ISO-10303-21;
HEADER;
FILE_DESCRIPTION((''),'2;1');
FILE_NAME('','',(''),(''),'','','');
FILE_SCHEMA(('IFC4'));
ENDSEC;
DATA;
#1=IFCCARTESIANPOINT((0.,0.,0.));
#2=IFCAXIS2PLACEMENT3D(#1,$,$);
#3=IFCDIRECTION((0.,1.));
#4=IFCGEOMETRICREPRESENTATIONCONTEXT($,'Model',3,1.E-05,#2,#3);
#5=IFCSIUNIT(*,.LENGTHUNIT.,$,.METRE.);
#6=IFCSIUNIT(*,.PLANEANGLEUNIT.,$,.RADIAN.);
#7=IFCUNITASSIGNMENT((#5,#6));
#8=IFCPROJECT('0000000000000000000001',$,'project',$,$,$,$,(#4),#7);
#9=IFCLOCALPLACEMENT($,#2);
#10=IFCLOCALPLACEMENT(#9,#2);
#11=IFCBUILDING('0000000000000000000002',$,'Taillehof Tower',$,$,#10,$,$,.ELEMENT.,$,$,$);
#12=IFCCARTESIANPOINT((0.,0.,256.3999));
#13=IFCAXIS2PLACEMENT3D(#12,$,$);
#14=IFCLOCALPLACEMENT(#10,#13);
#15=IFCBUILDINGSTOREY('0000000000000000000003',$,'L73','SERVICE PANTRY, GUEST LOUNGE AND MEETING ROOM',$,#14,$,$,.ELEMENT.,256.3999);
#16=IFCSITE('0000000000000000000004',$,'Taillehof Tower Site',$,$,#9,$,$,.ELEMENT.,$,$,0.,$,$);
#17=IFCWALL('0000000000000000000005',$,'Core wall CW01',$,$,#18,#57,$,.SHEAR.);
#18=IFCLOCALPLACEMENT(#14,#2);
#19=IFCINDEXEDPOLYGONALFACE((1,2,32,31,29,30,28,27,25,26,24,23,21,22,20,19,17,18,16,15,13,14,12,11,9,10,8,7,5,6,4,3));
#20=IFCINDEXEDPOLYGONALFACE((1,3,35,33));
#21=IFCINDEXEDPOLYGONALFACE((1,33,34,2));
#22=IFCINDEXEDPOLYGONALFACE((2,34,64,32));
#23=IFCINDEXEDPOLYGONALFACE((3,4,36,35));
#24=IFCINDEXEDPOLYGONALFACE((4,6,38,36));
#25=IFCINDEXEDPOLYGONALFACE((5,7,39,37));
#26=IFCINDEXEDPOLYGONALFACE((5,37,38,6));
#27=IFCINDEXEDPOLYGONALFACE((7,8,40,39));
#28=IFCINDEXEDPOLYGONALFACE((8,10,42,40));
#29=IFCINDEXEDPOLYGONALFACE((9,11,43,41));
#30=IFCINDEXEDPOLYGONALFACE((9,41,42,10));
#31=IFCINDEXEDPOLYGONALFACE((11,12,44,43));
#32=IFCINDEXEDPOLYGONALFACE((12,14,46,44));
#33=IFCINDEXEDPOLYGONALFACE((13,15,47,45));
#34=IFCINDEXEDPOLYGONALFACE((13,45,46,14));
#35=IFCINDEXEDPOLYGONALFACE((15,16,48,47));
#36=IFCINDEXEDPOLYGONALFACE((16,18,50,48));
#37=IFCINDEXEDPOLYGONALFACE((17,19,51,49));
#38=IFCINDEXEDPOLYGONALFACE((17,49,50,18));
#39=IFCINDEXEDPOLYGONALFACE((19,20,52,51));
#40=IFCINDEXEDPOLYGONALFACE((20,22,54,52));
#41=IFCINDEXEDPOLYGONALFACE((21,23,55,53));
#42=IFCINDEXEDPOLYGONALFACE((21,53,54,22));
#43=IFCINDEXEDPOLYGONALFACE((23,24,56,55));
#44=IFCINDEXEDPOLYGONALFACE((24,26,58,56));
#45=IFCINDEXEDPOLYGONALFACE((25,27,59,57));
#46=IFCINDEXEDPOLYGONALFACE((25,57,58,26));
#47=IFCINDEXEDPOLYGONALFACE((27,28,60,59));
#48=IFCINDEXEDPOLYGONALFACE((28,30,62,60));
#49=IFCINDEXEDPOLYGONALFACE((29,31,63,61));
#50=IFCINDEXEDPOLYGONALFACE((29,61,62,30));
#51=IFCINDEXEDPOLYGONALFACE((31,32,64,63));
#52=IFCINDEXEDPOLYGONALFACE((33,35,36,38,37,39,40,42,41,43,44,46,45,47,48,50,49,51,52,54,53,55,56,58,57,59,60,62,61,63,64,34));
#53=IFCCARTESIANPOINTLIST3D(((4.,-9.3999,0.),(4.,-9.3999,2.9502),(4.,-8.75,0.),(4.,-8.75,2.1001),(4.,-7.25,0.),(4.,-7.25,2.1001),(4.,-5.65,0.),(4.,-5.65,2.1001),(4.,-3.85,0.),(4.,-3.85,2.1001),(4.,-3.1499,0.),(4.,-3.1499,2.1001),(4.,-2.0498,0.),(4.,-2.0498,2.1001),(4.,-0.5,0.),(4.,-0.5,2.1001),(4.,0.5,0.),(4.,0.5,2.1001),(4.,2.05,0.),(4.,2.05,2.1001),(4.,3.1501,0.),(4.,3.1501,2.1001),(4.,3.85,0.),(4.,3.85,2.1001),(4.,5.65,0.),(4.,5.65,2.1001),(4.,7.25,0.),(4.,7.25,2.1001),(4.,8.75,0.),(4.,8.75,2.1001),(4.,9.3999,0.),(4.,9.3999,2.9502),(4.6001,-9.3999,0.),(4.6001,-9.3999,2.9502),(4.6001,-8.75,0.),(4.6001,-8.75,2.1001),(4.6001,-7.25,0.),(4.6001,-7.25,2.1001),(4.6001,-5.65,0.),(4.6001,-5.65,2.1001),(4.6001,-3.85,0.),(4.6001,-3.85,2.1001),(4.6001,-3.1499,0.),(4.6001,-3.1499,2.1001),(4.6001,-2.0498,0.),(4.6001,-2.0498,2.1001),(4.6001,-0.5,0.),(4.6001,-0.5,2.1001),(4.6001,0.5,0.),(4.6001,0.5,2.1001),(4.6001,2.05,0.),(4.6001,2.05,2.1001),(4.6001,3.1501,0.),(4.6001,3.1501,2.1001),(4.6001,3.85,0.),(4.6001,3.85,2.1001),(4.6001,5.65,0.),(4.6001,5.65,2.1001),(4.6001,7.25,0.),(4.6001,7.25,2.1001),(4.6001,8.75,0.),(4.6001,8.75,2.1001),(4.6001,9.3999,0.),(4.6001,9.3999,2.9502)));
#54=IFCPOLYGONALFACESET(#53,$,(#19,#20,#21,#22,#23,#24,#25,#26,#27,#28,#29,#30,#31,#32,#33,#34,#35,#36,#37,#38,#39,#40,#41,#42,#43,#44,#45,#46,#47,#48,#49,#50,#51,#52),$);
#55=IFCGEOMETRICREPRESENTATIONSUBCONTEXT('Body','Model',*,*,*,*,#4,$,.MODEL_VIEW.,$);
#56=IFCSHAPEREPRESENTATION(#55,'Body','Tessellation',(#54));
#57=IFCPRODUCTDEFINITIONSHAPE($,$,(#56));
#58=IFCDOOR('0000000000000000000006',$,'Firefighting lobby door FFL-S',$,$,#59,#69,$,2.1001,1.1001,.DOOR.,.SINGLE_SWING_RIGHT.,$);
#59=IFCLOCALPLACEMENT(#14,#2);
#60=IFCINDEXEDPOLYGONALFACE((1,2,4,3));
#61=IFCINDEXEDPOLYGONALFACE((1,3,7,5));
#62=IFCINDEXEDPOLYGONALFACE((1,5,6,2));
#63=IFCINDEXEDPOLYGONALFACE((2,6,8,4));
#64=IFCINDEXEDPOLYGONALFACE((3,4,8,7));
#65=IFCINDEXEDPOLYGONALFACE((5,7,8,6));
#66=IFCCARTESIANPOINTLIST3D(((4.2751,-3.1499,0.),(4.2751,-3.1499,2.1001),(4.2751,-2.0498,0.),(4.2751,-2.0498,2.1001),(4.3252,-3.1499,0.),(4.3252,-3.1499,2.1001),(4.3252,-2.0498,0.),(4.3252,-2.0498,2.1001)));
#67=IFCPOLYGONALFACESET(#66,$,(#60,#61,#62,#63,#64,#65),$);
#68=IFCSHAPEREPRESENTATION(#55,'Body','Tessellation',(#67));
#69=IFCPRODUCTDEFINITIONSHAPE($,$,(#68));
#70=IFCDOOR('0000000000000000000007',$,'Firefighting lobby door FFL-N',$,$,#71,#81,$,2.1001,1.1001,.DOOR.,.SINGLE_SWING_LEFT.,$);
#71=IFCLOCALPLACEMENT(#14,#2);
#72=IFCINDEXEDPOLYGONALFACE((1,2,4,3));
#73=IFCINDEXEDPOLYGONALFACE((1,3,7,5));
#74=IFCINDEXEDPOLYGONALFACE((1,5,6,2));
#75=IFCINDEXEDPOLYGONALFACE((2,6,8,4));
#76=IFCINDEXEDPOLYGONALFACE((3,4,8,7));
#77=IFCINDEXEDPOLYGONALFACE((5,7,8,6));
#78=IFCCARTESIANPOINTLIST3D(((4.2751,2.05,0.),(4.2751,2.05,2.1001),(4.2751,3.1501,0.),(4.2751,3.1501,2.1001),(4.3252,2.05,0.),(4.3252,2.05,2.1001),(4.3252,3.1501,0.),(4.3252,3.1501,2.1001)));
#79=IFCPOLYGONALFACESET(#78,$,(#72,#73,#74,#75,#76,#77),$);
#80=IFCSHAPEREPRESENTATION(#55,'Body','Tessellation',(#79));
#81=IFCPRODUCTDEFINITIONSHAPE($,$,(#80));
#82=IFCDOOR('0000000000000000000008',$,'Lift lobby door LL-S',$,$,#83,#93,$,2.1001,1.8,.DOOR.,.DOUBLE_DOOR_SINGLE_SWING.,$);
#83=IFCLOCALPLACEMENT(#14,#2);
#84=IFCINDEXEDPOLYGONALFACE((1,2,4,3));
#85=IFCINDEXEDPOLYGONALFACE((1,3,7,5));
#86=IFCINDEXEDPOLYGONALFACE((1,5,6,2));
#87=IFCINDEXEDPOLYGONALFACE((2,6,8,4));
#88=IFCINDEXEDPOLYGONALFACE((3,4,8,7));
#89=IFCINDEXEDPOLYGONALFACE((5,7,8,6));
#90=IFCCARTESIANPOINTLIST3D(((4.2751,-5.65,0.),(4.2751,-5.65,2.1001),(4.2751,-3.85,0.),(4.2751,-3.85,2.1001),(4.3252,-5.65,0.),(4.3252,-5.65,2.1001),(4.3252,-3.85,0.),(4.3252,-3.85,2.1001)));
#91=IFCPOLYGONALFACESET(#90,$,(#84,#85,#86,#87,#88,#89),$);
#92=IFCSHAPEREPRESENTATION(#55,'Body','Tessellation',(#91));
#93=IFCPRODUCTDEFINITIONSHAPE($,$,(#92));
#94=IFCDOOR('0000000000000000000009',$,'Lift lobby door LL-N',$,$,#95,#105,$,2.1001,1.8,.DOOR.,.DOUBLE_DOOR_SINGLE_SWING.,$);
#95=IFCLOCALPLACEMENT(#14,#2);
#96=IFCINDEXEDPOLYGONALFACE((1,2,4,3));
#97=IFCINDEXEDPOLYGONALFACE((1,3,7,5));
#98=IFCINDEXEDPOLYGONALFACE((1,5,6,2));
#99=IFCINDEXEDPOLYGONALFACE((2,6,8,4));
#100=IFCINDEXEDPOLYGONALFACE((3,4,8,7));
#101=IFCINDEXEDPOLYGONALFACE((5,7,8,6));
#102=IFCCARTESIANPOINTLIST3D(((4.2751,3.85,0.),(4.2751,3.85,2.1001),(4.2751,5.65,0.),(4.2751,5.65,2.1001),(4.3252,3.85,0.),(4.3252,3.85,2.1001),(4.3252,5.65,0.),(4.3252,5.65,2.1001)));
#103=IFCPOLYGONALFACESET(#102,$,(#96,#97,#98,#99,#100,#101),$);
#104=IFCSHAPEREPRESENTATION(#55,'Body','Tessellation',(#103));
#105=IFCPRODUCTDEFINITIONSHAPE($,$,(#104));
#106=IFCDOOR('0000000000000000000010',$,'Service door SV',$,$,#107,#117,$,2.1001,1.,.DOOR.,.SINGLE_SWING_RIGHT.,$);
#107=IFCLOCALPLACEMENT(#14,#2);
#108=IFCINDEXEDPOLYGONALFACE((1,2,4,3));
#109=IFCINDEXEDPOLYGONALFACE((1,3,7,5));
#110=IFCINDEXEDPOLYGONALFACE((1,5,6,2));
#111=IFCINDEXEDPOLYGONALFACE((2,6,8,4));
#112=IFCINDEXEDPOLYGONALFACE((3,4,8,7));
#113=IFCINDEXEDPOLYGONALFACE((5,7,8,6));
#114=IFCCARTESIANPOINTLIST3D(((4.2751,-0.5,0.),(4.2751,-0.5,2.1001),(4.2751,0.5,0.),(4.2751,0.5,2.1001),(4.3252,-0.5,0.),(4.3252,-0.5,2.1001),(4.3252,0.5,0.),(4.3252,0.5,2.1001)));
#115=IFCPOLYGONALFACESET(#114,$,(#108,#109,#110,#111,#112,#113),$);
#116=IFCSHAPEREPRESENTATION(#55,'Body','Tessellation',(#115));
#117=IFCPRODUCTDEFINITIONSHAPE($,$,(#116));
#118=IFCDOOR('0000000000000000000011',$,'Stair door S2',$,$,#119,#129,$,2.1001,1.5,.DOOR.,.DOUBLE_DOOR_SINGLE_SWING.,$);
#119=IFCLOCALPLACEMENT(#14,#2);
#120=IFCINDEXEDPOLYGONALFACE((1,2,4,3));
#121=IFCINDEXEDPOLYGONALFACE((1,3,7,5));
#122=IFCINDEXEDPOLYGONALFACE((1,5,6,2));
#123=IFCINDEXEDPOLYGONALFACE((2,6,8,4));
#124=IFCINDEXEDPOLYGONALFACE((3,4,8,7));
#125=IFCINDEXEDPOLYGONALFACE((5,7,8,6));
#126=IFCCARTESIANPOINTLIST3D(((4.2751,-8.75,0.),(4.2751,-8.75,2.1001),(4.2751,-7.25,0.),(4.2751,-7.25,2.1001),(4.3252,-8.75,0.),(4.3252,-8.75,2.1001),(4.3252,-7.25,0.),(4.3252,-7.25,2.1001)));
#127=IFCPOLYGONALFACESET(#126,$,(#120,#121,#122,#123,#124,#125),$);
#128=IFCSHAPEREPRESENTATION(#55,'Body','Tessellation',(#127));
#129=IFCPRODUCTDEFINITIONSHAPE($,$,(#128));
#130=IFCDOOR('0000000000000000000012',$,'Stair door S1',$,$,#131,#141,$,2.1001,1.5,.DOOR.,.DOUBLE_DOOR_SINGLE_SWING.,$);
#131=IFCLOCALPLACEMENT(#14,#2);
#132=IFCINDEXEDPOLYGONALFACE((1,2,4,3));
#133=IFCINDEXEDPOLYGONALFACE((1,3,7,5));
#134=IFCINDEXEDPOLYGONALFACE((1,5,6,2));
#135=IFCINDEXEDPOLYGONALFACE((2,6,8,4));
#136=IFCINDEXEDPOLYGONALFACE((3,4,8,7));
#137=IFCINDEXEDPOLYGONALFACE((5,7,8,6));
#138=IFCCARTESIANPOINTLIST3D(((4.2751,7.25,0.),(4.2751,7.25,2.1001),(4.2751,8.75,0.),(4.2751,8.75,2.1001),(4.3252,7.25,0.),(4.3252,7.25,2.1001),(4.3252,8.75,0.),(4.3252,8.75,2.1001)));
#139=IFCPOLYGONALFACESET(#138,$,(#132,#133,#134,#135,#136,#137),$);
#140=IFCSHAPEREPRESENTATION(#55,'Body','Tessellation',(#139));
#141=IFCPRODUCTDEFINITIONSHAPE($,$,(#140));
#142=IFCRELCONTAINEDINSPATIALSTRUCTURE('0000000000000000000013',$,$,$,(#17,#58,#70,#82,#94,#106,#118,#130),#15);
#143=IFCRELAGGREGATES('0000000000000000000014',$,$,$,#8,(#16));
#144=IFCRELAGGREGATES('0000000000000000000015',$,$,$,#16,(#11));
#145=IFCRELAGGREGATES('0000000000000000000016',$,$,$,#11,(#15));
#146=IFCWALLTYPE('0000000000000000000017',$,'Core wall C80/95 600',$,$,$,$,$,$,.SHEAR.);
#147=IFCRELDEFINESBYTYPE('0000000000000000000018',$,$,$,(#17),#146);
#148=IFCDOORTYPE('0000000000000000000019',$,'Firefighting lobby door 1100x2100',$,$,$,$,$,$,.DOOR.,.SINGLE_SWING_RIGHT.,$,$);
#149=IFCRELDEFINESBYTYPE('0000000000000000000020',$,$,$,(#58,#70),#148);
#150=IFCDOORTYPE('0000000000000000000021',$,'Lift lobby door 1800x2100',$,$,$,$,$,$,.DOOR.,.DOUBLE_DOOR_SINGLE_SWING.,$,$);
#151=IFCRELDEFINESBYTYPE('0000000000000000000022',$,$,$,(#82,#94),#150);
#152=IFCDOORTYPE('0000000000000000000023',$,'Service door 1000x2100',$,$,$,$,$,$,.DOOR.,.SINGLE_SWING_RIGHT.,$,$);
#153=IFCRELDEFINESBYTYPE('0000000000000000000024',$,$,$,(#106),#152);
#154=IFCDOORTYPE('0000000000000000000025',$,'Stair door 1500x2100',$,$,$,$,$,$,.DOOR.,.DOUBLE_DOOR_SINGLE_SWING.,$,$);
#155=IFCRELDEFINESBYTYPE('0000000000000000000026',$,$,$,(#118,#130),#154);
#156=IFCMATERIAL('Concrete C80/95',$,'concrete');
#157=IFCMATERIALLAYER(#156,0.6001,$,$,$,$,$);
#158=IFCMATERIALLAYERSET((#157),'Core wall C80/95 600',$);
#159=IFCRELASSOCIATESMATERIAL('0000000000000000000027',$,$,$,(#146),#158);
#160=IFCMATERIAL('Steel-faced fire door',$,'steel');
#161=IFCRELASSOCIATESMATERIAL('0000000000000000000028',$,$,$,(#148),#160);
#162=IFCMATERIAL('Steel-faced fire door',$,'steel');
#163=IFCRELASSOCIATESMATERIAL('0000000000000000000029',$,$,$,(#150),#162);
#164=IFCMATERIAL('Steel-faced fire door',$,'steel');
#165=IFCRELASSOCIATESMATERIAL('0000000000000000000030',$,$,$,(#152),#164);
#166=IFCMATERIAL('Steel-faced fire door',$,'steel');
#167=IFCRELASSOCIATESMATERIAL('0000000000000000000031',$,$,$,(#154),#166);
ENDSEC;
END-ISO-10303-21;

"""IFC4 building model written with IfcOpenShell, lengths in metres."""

from ifc_helpers import new_model, si_unit, direction, frame, frame_2d, origin, place, context, subcontext, project, spatial, rectangle, extrude, material, layer, layer_set, type_object, element, fill, save


model = new_model("IFC4")

# Units and contexts
model_context = context("Model", 3, precision=1e-05, world=origin(), true_north=direction((0.0, 1.0)))
body_context = subcontext(model_context, "Body", "Model", "MODEL_VIEW")
ifc_project = project(units=[si_unit("LENGTHUNIT", "METRE"), si_unit("PLANEANGLEUNIT", "RADIAN")], contexts=[model_context])

# Site, building, storey
site_placement = place(None, origin())
site = spatial("IfcSite", under=ifc_project, at=site_placement, Name="Taillehof Tower Site", CompositionType="ELEMENT", RefElevation=0.0)
building_placement = place(site_placement, origin())
building = spatial("IfcBuilding", under=site, at=building_placement, Name="Taillehof Tower", CompositionType="ELEMENT")
storey_placement = place(building_placement, frame((0.0, 0.0, 256.3999)))
storey = spatial("IfcBuildingStorey", under=building, at=storey_placement, Name="L73", Description="SERVICE PANTRY, GUEST LOUNGE AND MEETING ROOM", CompositionType="ELEMENT", Elevation=256.3999)

# Wall, openings, doors
ifc_material_1 = material(Name="Concrete C80/95", Category="concrete")
ifc_layer_1 = layer(ifc_material_1, 0.6001)
ifc_layer_set_1 = layer_set([ifc_layer_1], Name="Core wall C80/95 600")
wall_type_1 = type_object("IfcWallType", Name="Core wall C80/95 600", PredefinedType="SHEAR", material=ifc_layer_set_1)
wall_1_placement = place(storey_placement, frame((4.3, -9.3999, 0.0), z_axis=(0.0, 0.0, 1.0), x_axis=(0.0, 1.0, 0.0)))
wall_1 = element("IfcWall", 1, at=wall_1_placement, inside=storey, type_object=wall_type_1, Name="Core wall CW01", PredefinedType="SHEAR", context=body_context, shape_type="SweptSolid", body=[
    extrude(rectangle(XDim=18.7998, YDim=0.6001, at=frame_2d((9.3999, 0.0))), origin(), (0.0, 0.0, 1.0), 2.9502),
])
opening_1_placement = place(wall_1_placement, frame((0.6499, 0.0, 0.0)))
opening_1 = element("IfcOpeningElement", 2, at=opening_1_placement, cuts=wall_1, PredefinedType="OPENING", context=body_context, shape_type="SweptSolid", body=[
    extrude(rectangle(XDim=1.5, YDim=2.1001, at=frame_2d((0.75, 1.05))), frame((0.0, 0.3101, 0.0), z_axis=(0.0, -1.0, 0.0), x_axis=(1.0, 0.0, 0.0)), (0.0, 0.0, 1.0), 0.6201),
])
opening_2_placement = place(wall_1_placement, frame((3.75, 0.0, 0.0)))
opening_2 = element("IfcOpeningElement", 3, at=opening_2_placement, cuts=wall_1, PredefinedType="OPENING", context=body_context, shape_type="SweptSolid", body=[
    extrude(rectangle(XDim=1.8, YDim=2.1001, at=frame_2d((0.8999, 1.05))), frame((0.0, 0.3101, 0.0), z_axis=(0.0, -1.0, 0.0), x_axis=(1.0, 0.0, 0.0)), (0.0, 0.0, 1.0), 0.6201),
])
opening_3_placement = place(wall_1_placement, frame((6.25, 0.0, 0.0)))
opening_3 = element("IfcOpeningElement", 4, at=opening_3_placement, cuts=wall_1, PredefinedType="OPENING", context=body_context, shape_type="SweptSolid", body=[
    extrude(rectangle(XDim=1.1001, YDim=2.1001, at=frame_2d((0.55, 1.05))), frame((0.0, 0.3101, 0.0), z_axis=(0.0, -1.0, 0.0), x_axis=(1.0, 0.0, 0.0)), (0.0, 0.0, 1.0), 0.6201),
])
opening_4_placement = place(wall_1_placement, frame((8.8999, 0.0, 0.0)))
opening_4 = element("IfcOpeningElement", 5, at=opening_4_placement, cuts=wall_1, PredefinedType="OPENING", context=body_context, shape_type="SweptSolid", body=[
    extrude(rectangle(XDim=1.0, YDim=2.1001, at=frame_2d((0.5, 1.05))), frame((0.0, 0.3101, 0.0), z_axis=(0.0, -1.0, 0.0), x_axis=(1.0, 0.0, 0.0)), (0.0, 0.0, 1.0), 0.6201),
])
opening_5_placement = place(wall_1_placement, frame((11.45, 0.0, 0.0)))
opening_5 = element("IfcOpeningElement", 6, at=opening_5_placement, cuts=wall_1, PredefinedType="OPENING", context=body_context, shape_type="SweptSolid", body=[
    extrude(rectangle(XDim=1.1001, YDim=2.1001, at=frame_2d((0.55, 1.05))), frame((0.0, 0.3101, 0.0), z_axis=(0.0, -1.0, 0.0), x_axis=(1.0, 0.0, 0.0)), (0.0, 0.0, 1.0), 0.6201),
])
opening_6_placement = place(wall_1_placement, frame((13.25, 0.0, 0.0)))
opening_6 = element("IfcOpeningElement", 7, at=opening_6_placement, cuts=wall_1, PredefinedType="OPENING", context=body_context, shape_type="SweptSolid", body=[
    extrude(rectangle(XDim=1.8, YDim=2.1001, at=frame_2d((0.8999, 1.05))), frame((0.0, 0.3101, 0.0), z_axis=(0.0, -1.0, 0.0), x_axis=(1.0, 0.0, 0.0)), (0.0, 0.0, 1.0), 0.6201),
])
opening_7_placement = place(wall_1_placement, frame((16.6499, 0.0, 0.0)))
opening_7 = element("IfcOpeningElement", 8, at=opening_7_placement, cuts=wall_1, PredefinedType="OPENING", context=body_context, shape_type="SweptSolid", body=[
    extrude(rectangle(XDim=1.5, YDim=2.1001, at=frame_2d((0.75, 1.05))), frame((0.0, 0.3101, 0.0), z_axis=(0.0, -1.0, 0.0), x_axis=(1.0, 0.0, 0.0)), (0.0, 0.0, 1.0), 0.6201),
])
ifc_material_2 = material(Name="Steel-faced fire door", Category="steel")
door_type_1 = type_object("IfcDoorType", Name="Firefighting lobby door 1100x2100", OperationType="SINGLE_SWING_RIGHT", PredefinedType="DOOR", material=ifc_material_2)
door_1_placement = place(opening_3_placement, origin())
door_1 = element("IfcDoor", 9, at=door_1_placement, inside=storey, type_object=door_type_1, Name="Firefighting lobby door FFL-S", OperationType="SINGLE_SWING_RIGHT", OverallHeight=2.1001, OverallWidth=1.1001, PredefinedType="DOOR", context=body_context, shape_type="SweptSolid", body=[
    extrude(rectangle(XDim=1.1001, YDim=2.1001, at=frame_2d((0.55, 1.05))), frame((0.0, 0.0249, 0.0), z_axis=(0.0, -1.0, 0.0), x_axis=(1.0, 0.0, 0.0)), (0.0, 0.0, 1.0), 0.05),
])
fill(opening_3, door_1)
door_2_placement = place(opening_5_placement, origin())
door_2 = element("IfcDoor", 10, at=door_2_placement, inside=storey, type_object=door_type_1, Name="Firefighting lobby door FFL-N", OperationType="SINGLE_SWING_LEFT", OverallHeight=2.1001, OverallWidth=1.1001, PredefinedType="DOOR", context=body_context, shape_type="SweptSolid", body=[
    extrude(rectangle(XDim=1.1001, YDim=2.1001, at=frame_2d((0.55, 1.05))), frame((0.0, 0.0249, 0.0), z_axis=(0.0, -1.0, 0.0), x_axis=(1.0, 0.0, 0.0)), (0.0, 0.0, 1.0), 0.05),
])
fill(opening_5, door_2)
ifc_material_3 = material(Name="Steel-faced fire door", Category="steel")
door_type_2 = type_object("IfcDoorType", Name="Lift lobby door 1800x2100", OperationType="DOUBLE_DOOR_SINGLE_SWING", PredefinedType="DOOR", material=ifc_material_3)
door_3_placement = place(opening_2_placement, origin())
door_3 = element("IfcDoor", 11, at=door_3_placement, inside=storey, type_object=door_type_2, Name="Lift lobby door LL-S", OperationType="DOUBLE_DOOR_SINGLE_SWING", OverallHeight=2.1001, OverallWidth=1.8, PredefinedType="DOOR", context=body_context, shape_type="SweptSolid", body=[
    extrude(rectangle(XDim=1.8, YDim=2.1001, at=frame_2d((0.8999, 1.05))), frame((0.0, 0.0249, 0.0), z_axis=(0.0, -1.0, 0.0), x_axis=(1.0, 0.0, 0.0)), (0.0, 0.0, 1.0), 0.05),
])
fill(opening_2, door_3)
door_4_placement = place(opening_6_placement, origin())
door_4 = element("IfcDoor", 12, at=door_4_placement, inside=storey, type_object=door_type_2, Name="Lift lobby door LL-N", OperationType="DOUBLE_DOOR_SINGLE_SWING", OverallHeight=2.1001, OverallWidth=1.8, PredefinedType="DOOR", context=body_context, shape_type="SweptSolid", body=[
    extrude(rectangle(XDim=1.8, YDim=2.1001, at=frame_2d((0.8999, 1.05))), frame((0.0, 0.0249, 0.0), z_axis=(0.0, -1.0, 0.0), x_axis=(1.0, 0.0, 0.0)), (0.0, 0.0, 1.0), 0.05),
])
fill(opening_6, door_4)
ifc_material_4 = material(Name="Steel-faced fire door", Category="steel")
door_type_3 = type_object("IfcDoorType", Name="Service door 1000x2100", OperationType="SINGLE_SWING_RIGHT", PredefinedType="DOOR", material=ifc_material_4)
door_5_placement = place(opening_4_placement, origin())
door_5 = element("IfcDoor", 13, at=door_5_placement, inside=storey, type_object=door_type_3, Name="Service door SV", OperationType="SINGLE_SWING_RIGHT", OverallHeight=2.1001, OverallWidth=1.0, PredefinedType="DOOR", context=body_context, shape_type="SweptSolid", body=[
    extrude(rectangle(XDim=1.0, YDim=2.1001, at=frame_2d((0.5, 1.05))), frame((0.0, 0.0249, 0.0), z_axis=(0.0, -1.0, 0.0), x_axis=(1.0, 0.0, 0.0)), (0.0, 0.0, 1.0), 0.05),
])
fill(opening_4, door_5)
ifc_material_5 = material(Name="Steel-faced fire door", Category="steel")
door_type_4 = type_object("IfcDoorType", Name="Stair door 1500x2100", OperationType="DOUBLE_DOOR_SINGLE_SWING", PredefinedType="DOOR", material=ifc_material_5)
door_6_placement = place(opening_1_placement, origin())
door_6 = element("IfcDoor", 14, at=door_6_placement, inside=storey, type_object=door_type_4, Name="Stair door S2", OperationType="DOUBLE_DOOR_SINGLE_SWING", OverallHeight=2.1001, OverallWidth=1.5, PredefinedType="DOOR", context=body_context, shape_type="SweptSolid", body=[
    extrude(rectangle(XDim=1.5, YDim=2.1001, at=frame_2d((0.75, 1.05))), frame((0.0, 0.0249, 0.0), z_axis=(0.0, -1.0, 0.0), x_axis=(1.0, 0.0, 0.0)), (0.0, 0.0, 1.0), 0.05),
])
fill(opening_1, door_6)
door_7_placement = place(opening_7_placement, origin())
door_7 = element("IfcDoor", 15, at=door_7_placement, inside=storey, type_object=door_type_4, Name="Stair door S1", OperationType="DOUBLE_DOOR_SINGLE_SWING", OverallHeight=2.1001, OverallWidth=1.5, PredefinedType="DOOR", context=body_context, shape_type="SweptSolid", body=[
    extrude(rectangle(XDim=1.5, YDim=2.1001, at=frame_2d((0.75, 1.05))), frame((0.0, 0.0249, 0.0), z_axis=(0.0, -1.0, 0.0), x_axis=(1.0, 0.0, 0.0)), (0.0, 0.0, 1.0), 0.05),
])
fill(opening_7, door_7)

save(model, "model.ifc")
